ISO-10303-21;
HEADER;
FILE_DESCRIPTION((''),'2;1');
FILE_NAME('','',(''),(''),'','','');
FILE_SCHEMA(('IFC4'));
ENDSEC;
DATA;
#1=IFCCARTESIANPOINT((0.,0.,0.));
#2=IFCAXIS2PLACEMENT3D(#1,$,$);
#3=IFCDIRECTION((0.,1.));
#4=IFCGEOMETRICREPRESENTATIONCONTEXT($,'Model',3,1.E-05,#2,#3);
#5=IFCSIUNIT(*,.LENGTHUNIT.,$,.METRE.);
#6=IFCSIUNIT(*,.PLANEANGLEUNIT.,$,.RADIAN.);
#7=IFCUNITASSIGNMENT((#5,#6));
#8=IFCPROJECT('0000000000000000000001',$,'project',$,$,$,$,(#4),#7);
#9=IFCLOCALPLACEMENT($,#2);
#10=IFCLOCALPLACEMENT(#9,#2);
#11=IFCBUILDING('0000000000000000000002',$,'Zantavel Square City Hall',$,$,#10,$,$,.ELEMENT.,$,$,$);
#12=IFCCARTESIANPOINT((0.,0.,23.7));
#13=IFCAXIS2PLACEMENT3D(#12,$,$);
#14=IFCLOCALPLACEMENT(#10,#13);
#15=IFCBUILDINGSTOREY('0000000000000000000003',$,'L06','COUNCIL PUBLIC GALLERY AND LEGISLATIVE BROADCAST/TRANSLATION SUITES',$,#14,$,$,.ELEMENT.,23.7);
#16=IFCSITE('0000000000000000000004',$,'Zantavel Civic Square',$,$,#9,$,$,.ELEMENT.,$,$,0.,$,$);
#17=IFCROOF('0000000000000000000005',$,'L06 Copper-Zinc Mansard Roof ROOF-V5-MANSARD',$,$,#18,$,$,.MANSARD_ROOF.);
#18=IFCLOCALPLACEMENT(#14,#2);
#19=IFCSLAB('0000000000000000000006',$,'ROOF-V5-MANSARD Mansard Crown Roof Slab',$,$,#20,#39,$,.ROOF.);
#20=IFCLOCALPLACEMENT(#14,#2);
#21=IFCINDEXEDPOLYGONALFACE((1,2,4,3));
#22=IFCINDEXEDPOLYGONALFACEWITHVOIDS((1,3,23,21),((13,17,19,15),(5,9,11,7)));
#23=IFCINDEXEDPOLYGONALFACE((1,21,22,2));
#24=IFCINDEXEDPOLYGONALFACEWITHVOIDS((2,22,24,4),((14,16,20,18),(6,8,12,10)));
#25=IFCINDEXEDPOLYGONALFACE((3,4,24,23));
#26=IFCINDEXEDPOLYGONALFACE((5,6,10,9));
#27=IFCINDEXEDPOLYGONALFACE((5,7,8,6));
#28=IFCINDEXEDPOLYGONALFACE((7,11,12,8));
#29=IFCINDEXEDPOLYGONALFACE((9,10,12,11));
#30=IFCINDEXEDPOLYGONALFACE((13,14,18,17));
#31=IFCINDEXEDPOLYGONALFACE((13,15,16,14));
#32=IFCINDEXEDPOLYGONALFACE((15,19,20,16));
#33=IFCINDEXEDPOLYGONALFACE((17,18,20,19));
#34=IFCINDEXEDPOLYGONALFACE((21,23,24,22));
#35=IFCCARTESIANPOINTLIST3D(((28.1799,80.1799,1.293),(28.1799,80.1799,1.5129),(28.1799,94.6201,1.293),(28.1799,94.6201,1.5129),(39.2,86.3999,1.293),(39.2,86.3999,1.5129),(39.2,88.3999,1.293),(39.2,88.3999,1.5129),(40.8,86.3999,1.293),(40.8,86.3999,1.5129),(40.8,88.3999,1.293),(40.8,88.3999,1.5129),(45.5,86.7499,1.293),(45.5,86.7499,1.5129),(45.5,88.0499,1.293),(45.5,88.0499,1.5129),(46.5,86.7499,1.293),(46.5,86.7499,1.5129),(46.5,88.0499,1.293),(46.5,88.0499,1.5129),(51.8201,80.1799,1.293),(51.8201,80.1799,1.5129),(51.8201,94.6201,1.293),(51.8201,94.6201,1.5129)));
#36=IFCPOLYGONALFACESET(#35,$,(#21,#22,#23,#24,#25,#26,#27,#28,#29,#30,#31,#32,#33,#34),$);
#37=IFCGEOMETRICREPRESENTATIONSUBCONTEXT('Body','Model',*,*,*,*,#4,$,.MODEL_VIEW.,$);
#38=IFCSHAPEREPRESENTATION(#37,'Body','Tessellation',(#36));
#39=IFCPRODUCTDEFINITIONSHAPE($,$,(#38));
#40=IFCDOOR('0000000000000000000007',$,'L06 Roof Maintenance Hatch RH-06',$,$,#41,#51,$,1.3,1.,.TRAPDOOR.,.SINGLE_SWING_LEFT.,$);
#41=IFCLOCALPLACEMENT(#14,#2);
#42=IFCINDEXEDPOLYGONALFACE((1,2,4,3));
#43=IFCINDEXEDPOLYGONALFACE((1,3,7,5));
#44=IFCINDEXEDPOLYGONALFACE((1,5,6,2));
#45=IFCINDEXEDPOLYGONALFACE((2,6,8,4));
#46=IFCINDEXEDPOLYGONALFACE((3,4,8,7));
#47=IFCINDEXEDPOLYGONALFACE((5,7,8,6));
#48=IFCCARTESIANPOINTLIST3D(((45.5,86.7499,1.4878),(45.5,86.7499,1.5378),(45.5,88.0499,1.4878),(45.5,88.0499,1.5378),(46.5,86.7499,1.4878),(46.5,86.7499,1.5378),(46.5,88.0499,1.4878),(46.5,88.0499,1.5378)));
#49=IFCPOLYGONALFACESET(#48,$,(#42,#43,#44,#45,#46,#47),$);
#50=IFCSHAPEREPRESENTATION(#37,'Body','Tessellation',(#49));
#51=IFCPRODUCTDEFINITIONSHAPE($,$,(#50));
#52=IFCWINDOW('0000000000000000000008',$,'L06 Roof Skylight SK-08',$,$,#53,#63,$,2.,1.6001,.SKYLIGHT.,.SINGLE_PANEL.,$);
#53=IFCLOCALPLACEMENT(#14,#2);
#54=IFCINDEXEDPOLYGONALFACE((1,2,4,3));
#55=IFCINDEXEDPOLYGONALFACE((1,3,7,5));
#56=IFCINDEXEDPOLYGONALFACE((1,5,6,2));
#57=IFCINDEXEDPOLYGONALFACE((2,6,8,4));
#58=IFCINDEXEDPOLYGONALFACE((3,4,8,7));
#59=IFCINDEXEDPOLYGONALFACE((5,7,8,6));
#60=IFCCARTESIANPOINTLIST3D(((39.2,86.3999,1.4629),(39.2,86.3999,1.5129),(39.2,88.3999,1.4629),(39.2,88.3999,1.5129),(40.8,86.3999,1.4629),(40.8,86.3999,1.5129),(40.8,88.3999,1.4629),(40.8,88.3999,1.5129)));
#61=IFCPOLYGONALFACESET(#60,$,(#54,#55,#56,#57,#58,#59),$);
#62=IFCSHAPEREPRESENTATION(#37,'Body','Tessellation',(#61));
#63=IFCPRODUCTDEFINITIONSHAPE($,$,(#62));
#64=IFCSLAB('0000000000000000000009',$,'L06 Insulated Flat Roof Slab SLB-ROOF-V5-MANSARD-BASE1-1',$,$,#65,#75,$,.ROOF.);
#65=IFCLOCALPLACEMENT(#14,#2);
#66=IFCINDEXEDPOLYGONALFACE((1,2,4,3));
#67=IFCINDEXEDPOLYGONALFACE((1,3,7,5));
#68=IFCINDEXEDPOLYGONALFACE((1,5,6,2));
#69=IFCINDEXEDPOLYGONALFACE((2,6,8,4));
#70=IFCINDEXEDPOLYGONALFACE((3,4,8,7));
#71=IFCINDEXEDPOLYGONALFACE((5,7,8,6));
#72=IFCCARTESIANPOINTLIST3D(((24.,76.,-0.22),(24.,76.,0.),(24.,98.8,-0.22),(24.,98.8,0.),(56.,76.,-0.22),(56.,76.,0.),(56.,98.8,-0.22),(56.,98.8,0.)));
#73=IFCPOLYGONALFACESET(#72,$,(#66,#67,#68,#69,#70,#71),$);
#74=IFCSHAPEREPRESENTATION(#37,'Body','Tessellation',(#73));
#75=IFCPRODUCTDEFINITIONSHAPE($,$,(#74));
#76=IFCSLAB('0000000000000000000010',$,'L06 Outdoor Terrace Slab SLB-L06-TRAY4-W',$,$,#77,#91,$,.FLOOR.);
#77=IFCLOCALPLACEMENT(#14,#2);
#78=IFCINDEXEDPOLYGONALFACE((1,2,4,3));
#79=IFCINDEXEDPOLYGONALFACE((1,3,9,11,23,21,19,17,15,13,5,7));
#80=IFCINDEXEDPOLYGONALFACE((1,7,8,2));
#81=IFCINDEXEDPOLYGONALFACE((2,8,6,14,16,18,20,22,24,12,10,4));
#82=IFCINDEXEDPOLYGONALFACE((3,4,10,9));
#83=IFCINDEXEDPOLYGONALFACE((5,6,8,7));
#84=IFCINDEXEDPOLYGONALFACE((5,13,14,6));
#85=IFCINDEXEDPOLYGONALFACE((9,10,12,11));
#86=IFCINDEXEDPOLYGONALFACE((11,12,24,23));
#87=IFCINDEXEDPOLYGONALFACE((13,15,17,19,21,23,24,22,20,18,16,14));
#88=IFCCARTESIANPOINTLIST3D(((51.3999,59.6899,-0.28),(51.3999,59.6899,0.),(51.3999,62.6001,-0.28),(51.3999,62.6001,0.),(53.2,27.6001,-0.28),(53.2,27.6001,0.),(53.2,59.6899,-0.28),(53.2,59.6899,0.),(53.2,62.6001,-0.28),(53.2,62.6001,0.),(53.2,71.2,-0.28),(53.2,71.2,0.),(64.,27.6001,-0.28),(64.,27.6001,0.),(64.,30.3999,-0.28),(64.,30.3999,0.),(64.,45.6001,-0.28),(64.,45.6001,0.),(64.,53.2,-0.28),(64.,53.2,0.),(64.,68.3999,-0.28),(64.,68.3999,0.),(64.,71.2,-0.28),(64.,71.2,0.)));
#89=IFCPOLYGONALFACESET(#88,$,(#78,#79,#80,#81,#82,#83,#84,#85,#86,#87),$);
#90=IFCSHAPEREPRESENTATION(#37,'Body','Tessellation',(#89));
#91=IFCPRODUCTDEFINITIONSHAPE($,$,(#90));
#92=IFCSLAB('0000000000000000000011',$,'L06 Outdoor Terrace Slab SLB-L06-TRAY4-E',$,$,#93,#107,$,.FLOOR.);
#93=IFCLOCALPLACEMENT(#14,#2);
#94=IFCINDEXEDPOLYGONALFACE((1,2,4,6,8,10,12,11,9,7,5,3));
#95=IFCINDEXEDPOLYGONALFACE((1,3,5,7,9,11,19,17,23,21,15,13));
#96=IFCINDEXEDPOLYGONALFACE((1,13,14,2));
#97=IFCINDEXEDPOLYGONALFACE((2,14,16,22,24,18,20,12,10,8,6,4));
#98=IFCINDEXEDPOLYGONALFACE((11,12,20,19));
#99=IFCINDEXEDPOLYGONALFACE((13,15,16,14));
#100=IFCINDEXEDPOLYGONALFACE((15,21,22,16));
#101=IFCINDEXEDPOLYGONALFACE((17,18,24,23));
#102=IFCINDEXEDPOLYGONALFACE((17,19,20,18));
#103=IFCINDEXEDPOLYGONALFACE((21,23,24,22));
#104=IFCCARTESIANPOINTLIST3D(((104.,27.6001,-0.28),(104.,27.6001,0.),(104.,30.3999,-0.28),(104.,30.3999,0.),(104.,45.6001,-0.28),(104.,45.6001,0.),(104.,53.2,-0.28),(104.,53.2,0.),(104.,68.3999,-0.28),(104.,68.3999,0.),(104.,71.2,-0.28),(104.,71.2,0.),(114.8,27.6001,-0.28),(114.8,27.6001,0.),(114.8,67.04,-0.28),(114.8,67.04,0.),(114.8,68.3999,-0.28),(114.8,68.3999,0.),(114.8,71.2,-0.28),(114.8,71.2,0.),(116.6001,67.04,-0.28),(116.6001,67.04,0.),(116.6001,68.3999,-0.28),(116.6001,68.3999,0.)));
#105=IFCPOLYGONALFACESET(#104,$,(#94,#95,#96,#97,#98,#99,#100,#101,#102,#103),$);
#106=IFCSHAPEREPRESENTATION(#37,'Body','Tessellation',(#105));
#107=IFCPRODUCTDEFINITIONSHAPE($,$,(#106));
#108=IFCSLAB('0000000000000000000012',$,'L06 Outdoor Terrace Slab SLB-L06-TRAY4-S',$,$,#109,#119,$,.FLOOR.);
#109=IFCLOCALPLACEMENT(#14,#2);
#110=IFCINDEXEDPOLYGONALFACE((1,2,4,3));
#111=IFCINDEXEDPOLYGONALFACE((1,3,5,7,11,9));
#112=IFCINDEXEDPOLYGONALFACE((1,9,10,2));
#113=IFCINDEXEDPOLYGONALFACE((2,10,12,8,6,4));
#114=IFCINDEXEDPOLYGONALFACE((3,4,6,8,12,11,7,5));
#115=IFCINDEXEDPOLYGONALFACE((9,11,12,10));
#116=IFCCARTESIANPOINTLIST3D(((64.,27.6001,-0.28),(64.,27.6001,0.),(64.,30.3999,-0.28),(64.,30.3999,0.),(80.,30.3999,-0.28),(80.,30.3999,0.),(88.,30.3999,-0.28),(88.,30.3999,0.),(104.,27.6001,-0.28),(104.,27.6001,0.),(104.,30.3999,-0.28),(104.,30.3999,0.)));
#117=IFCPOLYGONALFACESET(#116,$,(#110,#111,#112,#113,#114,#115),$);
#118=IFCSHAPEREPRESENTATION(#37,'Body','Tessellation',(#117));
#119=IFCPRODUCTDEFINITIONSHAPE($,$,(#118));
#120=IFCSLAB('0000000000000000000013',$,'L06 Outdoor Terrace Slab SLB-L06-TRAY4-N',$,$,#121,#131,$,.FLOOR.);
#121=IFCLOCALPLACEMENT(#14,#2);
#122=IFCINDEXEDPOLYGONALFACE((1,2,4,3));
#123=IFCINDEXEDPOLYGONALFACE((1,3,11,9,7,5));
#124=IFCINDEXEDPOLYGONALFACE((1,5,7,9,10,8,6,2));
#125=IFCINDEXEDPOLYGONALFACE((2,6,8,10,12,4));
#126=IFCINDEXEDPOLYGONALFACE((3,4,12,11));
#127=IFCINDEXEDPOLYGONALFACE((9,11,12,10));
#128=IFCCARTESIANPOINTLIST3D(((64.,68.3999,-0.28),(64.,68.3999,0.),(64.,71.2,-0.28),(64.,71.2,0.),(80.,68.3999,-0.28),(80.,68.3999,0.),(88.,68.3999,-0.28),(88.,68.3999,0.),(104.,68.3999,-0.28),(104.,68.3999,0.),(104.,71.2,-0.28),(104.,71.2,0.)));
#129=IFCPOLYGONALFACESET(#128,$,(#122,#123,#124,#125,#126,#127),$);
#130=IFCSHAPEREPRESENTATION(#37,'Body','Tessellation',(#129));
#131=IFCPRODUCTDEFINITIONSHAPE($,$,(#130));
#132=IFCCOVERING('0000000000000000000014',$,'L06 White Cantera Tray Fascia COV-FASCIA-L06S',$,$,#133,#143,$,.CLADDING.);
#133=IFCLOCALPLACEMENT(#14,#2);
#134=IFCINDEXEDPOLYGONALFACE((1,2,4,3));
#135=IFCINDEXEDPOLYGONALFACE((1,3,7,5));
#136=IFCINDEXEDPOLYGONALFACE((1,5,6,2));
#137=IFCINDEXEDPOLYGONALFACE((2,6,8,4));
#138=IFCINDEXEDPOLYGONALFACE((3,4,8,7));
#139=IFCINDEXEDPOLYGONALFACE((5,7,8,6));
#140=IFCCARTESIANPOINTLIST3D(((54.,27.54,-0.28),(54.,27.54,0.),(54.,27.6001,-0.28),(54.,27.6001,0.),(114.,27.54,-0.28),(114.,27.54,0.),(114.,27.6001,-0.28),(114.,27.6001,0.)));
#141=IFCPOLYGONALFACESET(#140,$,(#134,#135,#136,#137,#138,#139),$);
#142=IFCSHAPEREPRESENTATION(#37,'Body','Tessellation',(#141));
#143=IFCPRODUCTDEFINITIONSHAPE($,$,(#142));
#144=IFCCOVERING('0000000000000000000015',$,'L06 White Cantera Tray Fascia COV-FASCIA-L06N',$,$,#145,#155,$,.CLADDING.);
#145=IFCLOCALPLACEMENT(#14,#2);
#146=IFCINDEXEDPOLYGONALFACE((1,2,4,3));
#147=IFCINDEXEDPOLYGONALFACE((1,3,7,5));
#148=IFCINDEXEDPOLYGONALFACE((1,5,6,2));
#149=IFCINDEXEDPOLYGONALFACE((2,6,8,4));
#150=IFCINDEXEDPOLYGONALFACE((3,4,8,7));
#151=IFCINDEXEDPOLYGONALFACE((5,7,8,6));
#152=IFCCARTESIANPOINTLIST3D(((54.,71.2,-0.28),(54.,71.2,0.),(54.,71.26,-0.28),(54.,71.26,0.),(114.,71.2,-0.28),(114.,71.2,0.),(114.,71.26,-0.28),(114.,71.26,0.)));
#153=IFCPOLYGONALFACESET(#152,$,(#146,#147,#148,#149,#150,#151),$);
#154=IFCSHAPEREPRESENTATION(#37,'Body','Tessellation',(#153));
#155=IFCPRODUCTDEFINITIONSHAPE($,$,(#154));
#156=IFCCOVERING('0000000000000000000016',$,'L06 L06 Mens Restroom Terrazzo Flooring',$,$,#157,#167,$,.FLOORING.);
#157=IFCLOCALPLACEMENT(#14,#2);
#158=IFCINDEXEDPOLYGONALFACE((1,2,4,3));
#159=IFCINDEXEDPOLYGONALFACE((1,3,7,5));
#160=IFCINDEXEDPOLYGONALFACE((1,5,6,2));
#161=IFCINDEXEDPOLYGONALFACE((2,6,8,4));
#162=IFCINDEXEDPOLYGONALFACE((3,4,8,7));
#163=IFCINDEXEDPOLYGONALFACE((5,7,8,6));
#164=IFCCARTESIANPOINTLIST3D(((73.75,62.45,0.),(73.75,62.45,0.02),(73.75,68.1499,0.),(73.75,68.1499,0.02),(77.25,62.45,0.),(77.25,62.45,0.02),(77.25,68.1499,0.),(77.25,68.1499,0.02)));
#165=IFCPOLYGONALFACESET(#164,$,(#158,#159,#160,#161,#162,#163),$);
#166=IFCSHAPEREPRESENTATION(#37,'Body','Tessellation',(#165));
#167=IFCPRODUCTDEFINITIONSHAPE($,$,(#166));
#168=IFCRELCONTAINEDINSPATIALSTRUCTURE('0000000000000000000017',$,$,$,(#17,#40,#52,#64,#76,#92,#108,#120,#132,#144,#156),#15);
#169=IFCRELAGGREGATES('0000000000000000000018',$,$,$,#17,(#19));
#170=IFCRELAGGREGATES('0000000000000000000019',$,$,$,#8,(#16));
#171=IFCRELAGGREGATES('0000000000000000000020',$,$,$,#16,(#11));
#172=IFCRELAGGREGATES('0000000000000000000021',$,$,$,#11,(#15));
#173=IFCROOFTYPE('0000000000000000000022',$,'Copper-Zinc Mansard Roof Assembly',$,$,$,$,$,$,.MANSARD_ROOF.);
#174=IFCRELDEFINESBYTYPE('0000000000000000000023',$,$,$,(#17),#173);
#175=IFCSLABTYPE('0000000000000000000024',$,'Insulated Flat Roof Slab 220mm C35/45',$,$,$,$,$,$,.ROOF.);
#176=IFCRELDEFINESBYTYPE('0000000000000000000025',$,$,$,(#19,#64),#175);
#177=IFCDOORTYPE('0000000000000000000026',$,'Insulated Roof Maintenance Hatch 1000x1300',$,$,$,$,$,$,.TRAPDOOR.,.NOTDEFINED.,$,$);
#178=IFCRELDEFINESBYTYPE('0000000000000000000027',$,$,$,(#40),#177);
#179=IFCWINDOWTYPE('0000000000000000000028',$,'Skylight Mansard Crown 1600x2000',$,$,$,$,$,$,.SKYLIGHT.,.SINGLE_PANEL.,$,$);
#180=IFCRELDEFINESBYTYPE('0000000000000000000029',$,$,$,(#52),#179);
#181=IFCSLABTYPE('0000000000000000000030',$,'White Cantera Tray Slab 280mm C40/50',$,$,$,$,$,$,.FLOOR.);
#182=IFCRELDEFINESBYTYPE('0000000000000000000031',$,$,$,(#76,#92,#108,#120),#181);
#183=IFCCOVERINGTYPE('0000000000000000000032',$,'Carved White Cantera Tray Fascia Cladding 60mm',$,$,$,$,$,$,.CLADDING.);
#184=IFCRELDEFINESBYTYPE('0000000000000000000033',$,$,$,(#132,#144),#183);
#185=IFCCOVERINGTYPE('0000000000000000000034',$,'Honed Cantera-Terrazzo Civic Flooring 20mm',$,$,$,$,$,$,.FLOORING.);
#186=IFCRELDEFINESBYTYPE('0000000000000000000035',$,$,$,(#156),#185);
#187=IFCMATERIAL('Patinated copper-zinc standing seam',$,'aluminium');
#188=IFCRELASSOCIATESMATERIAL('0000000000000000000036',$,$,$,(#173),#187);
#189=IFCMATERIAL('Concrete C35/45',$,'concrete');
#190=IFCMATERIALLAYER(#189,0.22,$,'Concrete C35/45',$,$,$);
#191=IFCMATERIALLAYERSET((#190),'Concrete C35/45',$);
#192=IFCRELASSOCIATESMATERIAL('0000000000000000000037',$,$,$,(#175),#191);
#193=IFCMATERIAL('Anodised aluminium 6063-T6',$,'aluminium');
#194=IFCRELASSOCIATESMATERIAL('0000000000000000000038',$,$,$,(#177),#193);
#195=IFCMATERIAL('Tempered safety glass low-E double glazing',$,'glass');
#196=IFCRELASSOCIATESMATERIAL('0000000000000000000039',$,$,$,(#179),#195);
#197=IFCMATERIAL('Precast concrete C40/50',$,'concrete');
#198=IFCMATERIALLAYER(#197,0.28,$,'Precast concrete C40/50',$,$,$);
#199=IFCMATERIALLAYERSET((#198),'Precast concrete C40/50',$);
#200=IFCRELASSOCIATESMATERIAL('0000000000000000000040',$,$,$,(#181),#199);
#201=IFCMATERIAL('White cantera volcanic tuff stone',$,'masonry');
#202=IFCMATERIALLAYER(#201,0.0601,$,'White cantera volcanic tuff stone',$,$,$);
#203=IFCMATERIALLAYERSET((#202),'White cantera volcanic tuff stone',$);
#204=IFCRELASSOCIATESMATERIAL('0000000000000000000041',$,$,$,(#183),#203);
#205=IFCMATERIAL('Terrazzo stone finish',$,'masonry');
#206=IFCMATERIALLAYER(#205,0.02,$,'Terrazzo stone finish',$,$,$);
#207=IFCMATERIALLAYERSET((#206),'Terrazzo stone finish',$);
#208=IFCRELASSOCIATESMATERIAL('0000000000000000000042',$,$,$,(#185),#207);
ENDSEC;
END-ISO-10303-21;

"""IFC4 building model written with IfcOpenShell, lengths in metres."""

from ifc_helpers import new_model, si_unit, direction, frame, origin, origin_2d, place, context, subcontext, project, spatial, polyline, rectangle, outline, extrude, material, layer, layer_set, type_object, element, fill, aggregate, save


model = new_model("IFC4")

# Units and contexts
model_context = context("Model", 3, precision=1e-05, world=origin(), true_north=direction((0.0, 1.0)))
body_context = subcontext(model_context, "Body", "Model", "MODEL_VIEW")
ifc_project = project(units=[si_unit("LENGTHUNIT", "METRE"), si_unit("PLANEANGLEUNIT", "RADIAN")], contexts=[model_context])

# Site, building, storey
site_placement = place(None, origin())
site = spatial("IfcSite", under=ifc_project, at=site_placement, Name="Zantavel Civic Square", CompositionType="ELEMENT", RefElevation=0.0)
building_placement = place(site_placement, origin())
building = spatial("IfcBuilding", under=site, at=building_placement, Name="Zantavel Square City Hall", CompositionType="ELEMENT")
storey_placement = place(building_placement, frame((0.0, 0.0, 23.7)))
storey = spatial("IfcBuildingStorey", under=building, at=storey_placement, Name="L06", Description="COUNCIL PUBLIC GALLERY AND LEGISLATIVE BROADCAST/TRANSLATION SUITES", CompositionType="ELEMENT", Elevation=23.7)

# Shared definitions
ifc_material_1 = material(Name="Concrete C35/45", Category="concrete")

# Roof, slab, openings, door, window
ifc_material_2 = material(Name="Patinated copper-zinc standing seam", Category="aluminium")
roof_type = type_object("IfcRoofType", Name="Copper-Zinc Mansard Roof Assembly", PredefinedType="MANSARD_ROOF", material=ifc_material_2)
roof_placement = place(storey_placement, origin())
roof = element("IfcRoof", 1, at=roof_placement, inside=storey, type_object=roof_type, Name="L06 Copper-Zinc Mansard Roof ROOF-V5-MANSARD", PredefinedType="MANSARD_ROOF")
ifc_layer_1 = layer(ifc_material_1, 0.22, Name="Concrete C35/45")
ifc_layer_set_1 = layer_set([ifc_layer_1], Name="Concrete C35/45")
slab_type_1 = type_object("IfcSlabType", Name="Insulated Flat Roof Slab 220mm C35/45", PredefinedType="ROOF", material=ifc_layer_set_1)
slab_1_placement = place(storey_placement, frame((0.0, 0.0, 1.293)))
slab_1 = element("IfcSlab", 2, at=slab_1_placement, type_object=slab_type_1, Name="ROOF-V5-MANSARD Mansard Crown Roof Slab", PredefinedType="ROOF", context=body_context, shape_type="SweptSolid", body=[
    extrude(outline(polyline([(28.1799, 80.1799), (51.8201, 80.1799), (51.8201, 94.6201), (28.1799, 94.6201), (28.1799, 80.1799)])), origin(), (0.0, 0.0, 1.0), 0.22),
])
opening_1_placement = place(slab_1_placement, frame((40.0, 87.3999, 0.0)))
opening_1 = element("IfcOpeningElement", 3, at=opening_1_placement, cuts=slab_1, PredefinedType="OPENING", context=body_context, shape_type="SweptSolid", body=[
    extrude(rectangle(XDim=1.6001, YDim=2.0, at=origin_2d()), frame((0.0, 0.0, -0.02)), (0.0, 0.0, 1.0), 0.26),
])
opening_2_placement = place(slab_1_placement, frame((46.0, 87.3999, 0.0)))
opening_2 = element("IfcOpeningElement", 4, at=opening_2_placement, cuts=slab_1, PredefinedType="OPENING", context=body_context, shape_type="SweptSolid", body=[
    extrude(rectangle(XDim=1.0, YDim=1.3, at=origin_2d()), frame((0.0, 0.0, -0.02)), (0.0, 0.0, 1.0), 0.2849),
])
ifc_material_3 = material(Name="Anodised aluminium 6063-T6", Category="aluminium")
door_type = type_object("IfcDoorType", Name="Insulated Roof Maintenance Hatch 1000x1300", OperationType="NOTDEFINED", PredefinedType="TRAPDOOR", material=ifc_material_3)
door_placement = place(opening_2_placement, frame((0.0, 0.0, 0.1948)))
door = element("IfcDoor", 5, at=door_placement, inside=storey, type_object=door_type, Name="L06 Roof Maintenance Hatch RH-06", OperationType="SINGLE_SWING_LEFT", OverallHeight=1.3, OverallWidth=1.0, PredefinedType="TRAPDOOR", context=body_context, shape_type="SweptSolid", body=[
    extrude(rectangle(XDim=1.0, YDim=1.3, at=origin_2d()), origin(), (0.0, 0.0, 1.0), 0.05),
])
fill(opening_2, door)
ifc_material_4 = material(Name="Tempered safety glass low-E double glazing", Category="glass")
window_type = type_object("IfcWindowType", Name="Skylight Mansard Crown 1600x2000", PartitioningType="SINGLE_PANEL", PredefinedType="SKYLIGHT", material=ifc_material_4)
window_placement = place(opening_1_placement, frame((0.0, 0.0, 0.1699)))
window = element("IfcWindow", 6, at=window_placement, inside=storey, type_object=window_type, Name="L06 Roof Skylight SK-08", OverallHeight=2.0, OverallWidth=1.6001, PartitioningType="SINGLE_PANEL", PredefinedType="SKYLIGHT", context=body_context, shape_type="SweptSolid", body=[
    extrude(rectangle(XDim=1.6001, YDim=2.0, at=origin_2d()), origin(), (0.0, 0.0, 1.0), 0.05),
])
fill(opening_1, window)
aggregate(roof, [slab_1])

# Slabs
slab_2_placement = place(storey_placement, frame((0.0, 0.0, -0.22)))
element("IfcSlab", 7, at=slab_2_placement, inside=storey, type_object=slab_type_1, Name="L06 Insulated Flat Roof Slab SLB-ROOF-V5-MANSARD-BASE1-1", PredefinedType="ROOF", context=body_context, shape_type="SweptSolid", body=[
    extrude(outline(polyline([(24.0, 76.0), (24.0, 98.8), (56.0, 98.8), (56.0, 76.0), (24.0, 76.0)])), origin(), (0.0, 0.0, 1.0), 0.22),
])
ifc_material_5 = material(Name="Precast concrete C40/50", Category="concrete")
ifc_layer_2 = layer(ifc_material_5, 0.28, Name="Precast concrete C40/50")
ifc_layer_set_2 = layer_set([ifc_layer_2], Name="Precast concrete C40/50")
slab_type_2 = type_object("IfcSlabType", Name="White Cantera Tray Slab 280mm C40/50", PredefinedType="FLOOR", material=ifc_layer_set_2)
slab_3_placement = place(storey_placement, frame((0.0, 0.0, -0.28)))
element("IfcSlab", 8, at=slab_3_placement, inside=storey, type_object=slab_type_2, Name="L06 Outdoor Terrace Slab SLB-L06-TRAY4-W", PredefinedType="FLOOR", context=body_context, shape_type="SweptSolid", body=[
    extrude(outline(polyline([(64.0, 71.2), (64.0, 68.3999), (64.0, 53.2), (64.0, 45.6001), (64.0, 30.3999), (64.0, 27.6001), (53.2, 27.6001), (53.2, 59.6899), (51.3999, 59.6899), (51.3999, 62.6001), (53.2, 62.6001), (53.2, 71.2), (64.0, 71.2)])), origin(), (0.0, 0.0, 1.0), 0.28),
])
slab_4_placement = place(storey_placement, frame((0.0, 0.0, -0.28)))
element("IfcSlab", 9, at=slab_4_placement, inside=storey, type_object=slab_type_2, Name="L06 Outdoor Terrace Slab SLB-L06-TRAY4-E", PredefinedType="FLOOR", context=body_context, shape_type="SweptSolid", body=[
    extrude(outline(polyline([(104.0, 27.6001), (104.0, 30.3999), (104.0, 45.6001), (104.0, 53.2), (104.0, 68.3999), (104.0, 71.2), (114.8, 71.2), (114.8, 68.3999), (116.6001, 68.3999), (116.6001, 67.04), (114.8, 67.04), (114.8, 27.6001), (104.0, 27.6001)])), origin(), (0.0, 0.0, 1.0), 0.28),
])
slab_5_placement = place(storey_placement, frame((0.0, 0.0, -0.28)))
element("IfcSlab", 10, at=slab_5_placement, inside=storey, type_object=slab_type_2, Name="L06 Outdoor Terrace Slab SLB-L06-TRAY4-S", PredefinedType="FLOOR", context=body_context, shape_type="SweptSolid", body=[
    extrude(outline(polyline([(104.0, 27.6001), (64.0, 27.6001), (64.0, 30.3999), (80.0, 30.3999), (88.0, 30.3999), (104.0, 30.3999), (104.0, 27.6001)])), origin(), (0.0, 0.0, 1.0), 0.28),
])
slab_6_placement = place(storey_placement, frame((0.0, 0.0, -0.28)))
element("IfcSlab", 11, at=slab_6_placement, inside=storey, type_object=slab_type_2, Name="L06 Outdoor Terrace Slab SLB-L06-TRAY4-N", PredefinedType="FLOOR", context=body_context, shape_type="SweptSolid", body=[
    extrude(outline(polyline([(104.0, 68.3999), (88.0, 68.3999), (80.0, 68.3999), (64.0, 68.3999), (64.0, 71.2), (104.0, 71.2), (104.0, 68.3999)])), origin(), (0.0, 0.0, 1.0), 0.28),
])

# Coverings
ifc_material_6 = material(Name="White cantera volcanic tuff stone", Category="masonry")
ifc_layer_3 = layer(ifc_material_6, 0.0601, Name="White cantera volcanic tuff stone")
ifc_layer_set_3 = layer_set([ifc_layer_3], Name="White cantera volcanic tuff stone")
covering_type_1 = type_object("IfcCoveringType", Name="Carved White Cantera Tray Fascia Cladding 60mm", PredefinedType="CLADDING", material=ifc_layer_set_3)
covering_1_placement = place(storey_placement, frame((0.0, 0.0, -0.28)))
element("IfcCovering", 12, at=covering_1_placement, inside=storey, type_object=covering_type_1, Name="L06 White Cantera Tray Fascia COV-FASCIA-L06S", PredefinedType="CLADDING", context=body_context, shape_type="SweptSolid", body=[
    extrude(outline(polyline([(54.0, 27.54), (114.0, 27.54), (114.0, 27.6001), (54.0, 27.6001), (54.0, 27.54)])), origin(), (0.0, 0.0, 1.0), 0.28),
])
covering_2_placement = place(storey_placement, frame((0.0, 0.0, -0.28)))
element("IfcCovering", 13, at=covering_2_placement, inside=storey, type_object=covering_type_1, Name="L06 White Cantera Tray Fascia COV-FASCIA-L06N", PredefinedType="CLADDING", context=body_context, shape_type="SweptSolid", body=[
    extrude(outline(polyline([(54.0, 71.2), (114.0, 71.2), (114.0, 71.26), (54.0, 71.26), (54.0, 71.2)])), origin(), (0.0, 0.0, 1.0), 0.28),
])
ifc_material_7 = material(Name="Terrazzo stone finish", Category="masonry")
ifc_layer_4 = layer(ifc_material_7, 0.02, Name="Terrazzo stone finish")
ifc_layer_set_4 = layer_set([ifc_layer_4], Name="Terrazzo stone finish")
covering_type_2 = type_object("IfcCoveringType", Name="Honed Cantera-Terrazzo Civic Flooring 20mm", PredefinedType="FLOORING", material=ifc_layer_set_4)
covering_3_placement = place(storey_placement, origin())
element("IfcCovering", 14, at=covering_3_placement, inside=storey, type_object=covering_type_2, Name="L06 L06 Mens Restroom Terrazzo Flooring", PredefinedType="FLOORING", context=body_context, shape_type="SweptSolid", body=[
    extrude(outline(polyline([(73.75, 62.45), (73.75, 68.1499), (77.25, 68.1499), (77.25, 62.45), (73.75, 62.45)])), origin(), (0.0, 0.0, 1.0), 0.02),
])

save(model, "model.ifc")
